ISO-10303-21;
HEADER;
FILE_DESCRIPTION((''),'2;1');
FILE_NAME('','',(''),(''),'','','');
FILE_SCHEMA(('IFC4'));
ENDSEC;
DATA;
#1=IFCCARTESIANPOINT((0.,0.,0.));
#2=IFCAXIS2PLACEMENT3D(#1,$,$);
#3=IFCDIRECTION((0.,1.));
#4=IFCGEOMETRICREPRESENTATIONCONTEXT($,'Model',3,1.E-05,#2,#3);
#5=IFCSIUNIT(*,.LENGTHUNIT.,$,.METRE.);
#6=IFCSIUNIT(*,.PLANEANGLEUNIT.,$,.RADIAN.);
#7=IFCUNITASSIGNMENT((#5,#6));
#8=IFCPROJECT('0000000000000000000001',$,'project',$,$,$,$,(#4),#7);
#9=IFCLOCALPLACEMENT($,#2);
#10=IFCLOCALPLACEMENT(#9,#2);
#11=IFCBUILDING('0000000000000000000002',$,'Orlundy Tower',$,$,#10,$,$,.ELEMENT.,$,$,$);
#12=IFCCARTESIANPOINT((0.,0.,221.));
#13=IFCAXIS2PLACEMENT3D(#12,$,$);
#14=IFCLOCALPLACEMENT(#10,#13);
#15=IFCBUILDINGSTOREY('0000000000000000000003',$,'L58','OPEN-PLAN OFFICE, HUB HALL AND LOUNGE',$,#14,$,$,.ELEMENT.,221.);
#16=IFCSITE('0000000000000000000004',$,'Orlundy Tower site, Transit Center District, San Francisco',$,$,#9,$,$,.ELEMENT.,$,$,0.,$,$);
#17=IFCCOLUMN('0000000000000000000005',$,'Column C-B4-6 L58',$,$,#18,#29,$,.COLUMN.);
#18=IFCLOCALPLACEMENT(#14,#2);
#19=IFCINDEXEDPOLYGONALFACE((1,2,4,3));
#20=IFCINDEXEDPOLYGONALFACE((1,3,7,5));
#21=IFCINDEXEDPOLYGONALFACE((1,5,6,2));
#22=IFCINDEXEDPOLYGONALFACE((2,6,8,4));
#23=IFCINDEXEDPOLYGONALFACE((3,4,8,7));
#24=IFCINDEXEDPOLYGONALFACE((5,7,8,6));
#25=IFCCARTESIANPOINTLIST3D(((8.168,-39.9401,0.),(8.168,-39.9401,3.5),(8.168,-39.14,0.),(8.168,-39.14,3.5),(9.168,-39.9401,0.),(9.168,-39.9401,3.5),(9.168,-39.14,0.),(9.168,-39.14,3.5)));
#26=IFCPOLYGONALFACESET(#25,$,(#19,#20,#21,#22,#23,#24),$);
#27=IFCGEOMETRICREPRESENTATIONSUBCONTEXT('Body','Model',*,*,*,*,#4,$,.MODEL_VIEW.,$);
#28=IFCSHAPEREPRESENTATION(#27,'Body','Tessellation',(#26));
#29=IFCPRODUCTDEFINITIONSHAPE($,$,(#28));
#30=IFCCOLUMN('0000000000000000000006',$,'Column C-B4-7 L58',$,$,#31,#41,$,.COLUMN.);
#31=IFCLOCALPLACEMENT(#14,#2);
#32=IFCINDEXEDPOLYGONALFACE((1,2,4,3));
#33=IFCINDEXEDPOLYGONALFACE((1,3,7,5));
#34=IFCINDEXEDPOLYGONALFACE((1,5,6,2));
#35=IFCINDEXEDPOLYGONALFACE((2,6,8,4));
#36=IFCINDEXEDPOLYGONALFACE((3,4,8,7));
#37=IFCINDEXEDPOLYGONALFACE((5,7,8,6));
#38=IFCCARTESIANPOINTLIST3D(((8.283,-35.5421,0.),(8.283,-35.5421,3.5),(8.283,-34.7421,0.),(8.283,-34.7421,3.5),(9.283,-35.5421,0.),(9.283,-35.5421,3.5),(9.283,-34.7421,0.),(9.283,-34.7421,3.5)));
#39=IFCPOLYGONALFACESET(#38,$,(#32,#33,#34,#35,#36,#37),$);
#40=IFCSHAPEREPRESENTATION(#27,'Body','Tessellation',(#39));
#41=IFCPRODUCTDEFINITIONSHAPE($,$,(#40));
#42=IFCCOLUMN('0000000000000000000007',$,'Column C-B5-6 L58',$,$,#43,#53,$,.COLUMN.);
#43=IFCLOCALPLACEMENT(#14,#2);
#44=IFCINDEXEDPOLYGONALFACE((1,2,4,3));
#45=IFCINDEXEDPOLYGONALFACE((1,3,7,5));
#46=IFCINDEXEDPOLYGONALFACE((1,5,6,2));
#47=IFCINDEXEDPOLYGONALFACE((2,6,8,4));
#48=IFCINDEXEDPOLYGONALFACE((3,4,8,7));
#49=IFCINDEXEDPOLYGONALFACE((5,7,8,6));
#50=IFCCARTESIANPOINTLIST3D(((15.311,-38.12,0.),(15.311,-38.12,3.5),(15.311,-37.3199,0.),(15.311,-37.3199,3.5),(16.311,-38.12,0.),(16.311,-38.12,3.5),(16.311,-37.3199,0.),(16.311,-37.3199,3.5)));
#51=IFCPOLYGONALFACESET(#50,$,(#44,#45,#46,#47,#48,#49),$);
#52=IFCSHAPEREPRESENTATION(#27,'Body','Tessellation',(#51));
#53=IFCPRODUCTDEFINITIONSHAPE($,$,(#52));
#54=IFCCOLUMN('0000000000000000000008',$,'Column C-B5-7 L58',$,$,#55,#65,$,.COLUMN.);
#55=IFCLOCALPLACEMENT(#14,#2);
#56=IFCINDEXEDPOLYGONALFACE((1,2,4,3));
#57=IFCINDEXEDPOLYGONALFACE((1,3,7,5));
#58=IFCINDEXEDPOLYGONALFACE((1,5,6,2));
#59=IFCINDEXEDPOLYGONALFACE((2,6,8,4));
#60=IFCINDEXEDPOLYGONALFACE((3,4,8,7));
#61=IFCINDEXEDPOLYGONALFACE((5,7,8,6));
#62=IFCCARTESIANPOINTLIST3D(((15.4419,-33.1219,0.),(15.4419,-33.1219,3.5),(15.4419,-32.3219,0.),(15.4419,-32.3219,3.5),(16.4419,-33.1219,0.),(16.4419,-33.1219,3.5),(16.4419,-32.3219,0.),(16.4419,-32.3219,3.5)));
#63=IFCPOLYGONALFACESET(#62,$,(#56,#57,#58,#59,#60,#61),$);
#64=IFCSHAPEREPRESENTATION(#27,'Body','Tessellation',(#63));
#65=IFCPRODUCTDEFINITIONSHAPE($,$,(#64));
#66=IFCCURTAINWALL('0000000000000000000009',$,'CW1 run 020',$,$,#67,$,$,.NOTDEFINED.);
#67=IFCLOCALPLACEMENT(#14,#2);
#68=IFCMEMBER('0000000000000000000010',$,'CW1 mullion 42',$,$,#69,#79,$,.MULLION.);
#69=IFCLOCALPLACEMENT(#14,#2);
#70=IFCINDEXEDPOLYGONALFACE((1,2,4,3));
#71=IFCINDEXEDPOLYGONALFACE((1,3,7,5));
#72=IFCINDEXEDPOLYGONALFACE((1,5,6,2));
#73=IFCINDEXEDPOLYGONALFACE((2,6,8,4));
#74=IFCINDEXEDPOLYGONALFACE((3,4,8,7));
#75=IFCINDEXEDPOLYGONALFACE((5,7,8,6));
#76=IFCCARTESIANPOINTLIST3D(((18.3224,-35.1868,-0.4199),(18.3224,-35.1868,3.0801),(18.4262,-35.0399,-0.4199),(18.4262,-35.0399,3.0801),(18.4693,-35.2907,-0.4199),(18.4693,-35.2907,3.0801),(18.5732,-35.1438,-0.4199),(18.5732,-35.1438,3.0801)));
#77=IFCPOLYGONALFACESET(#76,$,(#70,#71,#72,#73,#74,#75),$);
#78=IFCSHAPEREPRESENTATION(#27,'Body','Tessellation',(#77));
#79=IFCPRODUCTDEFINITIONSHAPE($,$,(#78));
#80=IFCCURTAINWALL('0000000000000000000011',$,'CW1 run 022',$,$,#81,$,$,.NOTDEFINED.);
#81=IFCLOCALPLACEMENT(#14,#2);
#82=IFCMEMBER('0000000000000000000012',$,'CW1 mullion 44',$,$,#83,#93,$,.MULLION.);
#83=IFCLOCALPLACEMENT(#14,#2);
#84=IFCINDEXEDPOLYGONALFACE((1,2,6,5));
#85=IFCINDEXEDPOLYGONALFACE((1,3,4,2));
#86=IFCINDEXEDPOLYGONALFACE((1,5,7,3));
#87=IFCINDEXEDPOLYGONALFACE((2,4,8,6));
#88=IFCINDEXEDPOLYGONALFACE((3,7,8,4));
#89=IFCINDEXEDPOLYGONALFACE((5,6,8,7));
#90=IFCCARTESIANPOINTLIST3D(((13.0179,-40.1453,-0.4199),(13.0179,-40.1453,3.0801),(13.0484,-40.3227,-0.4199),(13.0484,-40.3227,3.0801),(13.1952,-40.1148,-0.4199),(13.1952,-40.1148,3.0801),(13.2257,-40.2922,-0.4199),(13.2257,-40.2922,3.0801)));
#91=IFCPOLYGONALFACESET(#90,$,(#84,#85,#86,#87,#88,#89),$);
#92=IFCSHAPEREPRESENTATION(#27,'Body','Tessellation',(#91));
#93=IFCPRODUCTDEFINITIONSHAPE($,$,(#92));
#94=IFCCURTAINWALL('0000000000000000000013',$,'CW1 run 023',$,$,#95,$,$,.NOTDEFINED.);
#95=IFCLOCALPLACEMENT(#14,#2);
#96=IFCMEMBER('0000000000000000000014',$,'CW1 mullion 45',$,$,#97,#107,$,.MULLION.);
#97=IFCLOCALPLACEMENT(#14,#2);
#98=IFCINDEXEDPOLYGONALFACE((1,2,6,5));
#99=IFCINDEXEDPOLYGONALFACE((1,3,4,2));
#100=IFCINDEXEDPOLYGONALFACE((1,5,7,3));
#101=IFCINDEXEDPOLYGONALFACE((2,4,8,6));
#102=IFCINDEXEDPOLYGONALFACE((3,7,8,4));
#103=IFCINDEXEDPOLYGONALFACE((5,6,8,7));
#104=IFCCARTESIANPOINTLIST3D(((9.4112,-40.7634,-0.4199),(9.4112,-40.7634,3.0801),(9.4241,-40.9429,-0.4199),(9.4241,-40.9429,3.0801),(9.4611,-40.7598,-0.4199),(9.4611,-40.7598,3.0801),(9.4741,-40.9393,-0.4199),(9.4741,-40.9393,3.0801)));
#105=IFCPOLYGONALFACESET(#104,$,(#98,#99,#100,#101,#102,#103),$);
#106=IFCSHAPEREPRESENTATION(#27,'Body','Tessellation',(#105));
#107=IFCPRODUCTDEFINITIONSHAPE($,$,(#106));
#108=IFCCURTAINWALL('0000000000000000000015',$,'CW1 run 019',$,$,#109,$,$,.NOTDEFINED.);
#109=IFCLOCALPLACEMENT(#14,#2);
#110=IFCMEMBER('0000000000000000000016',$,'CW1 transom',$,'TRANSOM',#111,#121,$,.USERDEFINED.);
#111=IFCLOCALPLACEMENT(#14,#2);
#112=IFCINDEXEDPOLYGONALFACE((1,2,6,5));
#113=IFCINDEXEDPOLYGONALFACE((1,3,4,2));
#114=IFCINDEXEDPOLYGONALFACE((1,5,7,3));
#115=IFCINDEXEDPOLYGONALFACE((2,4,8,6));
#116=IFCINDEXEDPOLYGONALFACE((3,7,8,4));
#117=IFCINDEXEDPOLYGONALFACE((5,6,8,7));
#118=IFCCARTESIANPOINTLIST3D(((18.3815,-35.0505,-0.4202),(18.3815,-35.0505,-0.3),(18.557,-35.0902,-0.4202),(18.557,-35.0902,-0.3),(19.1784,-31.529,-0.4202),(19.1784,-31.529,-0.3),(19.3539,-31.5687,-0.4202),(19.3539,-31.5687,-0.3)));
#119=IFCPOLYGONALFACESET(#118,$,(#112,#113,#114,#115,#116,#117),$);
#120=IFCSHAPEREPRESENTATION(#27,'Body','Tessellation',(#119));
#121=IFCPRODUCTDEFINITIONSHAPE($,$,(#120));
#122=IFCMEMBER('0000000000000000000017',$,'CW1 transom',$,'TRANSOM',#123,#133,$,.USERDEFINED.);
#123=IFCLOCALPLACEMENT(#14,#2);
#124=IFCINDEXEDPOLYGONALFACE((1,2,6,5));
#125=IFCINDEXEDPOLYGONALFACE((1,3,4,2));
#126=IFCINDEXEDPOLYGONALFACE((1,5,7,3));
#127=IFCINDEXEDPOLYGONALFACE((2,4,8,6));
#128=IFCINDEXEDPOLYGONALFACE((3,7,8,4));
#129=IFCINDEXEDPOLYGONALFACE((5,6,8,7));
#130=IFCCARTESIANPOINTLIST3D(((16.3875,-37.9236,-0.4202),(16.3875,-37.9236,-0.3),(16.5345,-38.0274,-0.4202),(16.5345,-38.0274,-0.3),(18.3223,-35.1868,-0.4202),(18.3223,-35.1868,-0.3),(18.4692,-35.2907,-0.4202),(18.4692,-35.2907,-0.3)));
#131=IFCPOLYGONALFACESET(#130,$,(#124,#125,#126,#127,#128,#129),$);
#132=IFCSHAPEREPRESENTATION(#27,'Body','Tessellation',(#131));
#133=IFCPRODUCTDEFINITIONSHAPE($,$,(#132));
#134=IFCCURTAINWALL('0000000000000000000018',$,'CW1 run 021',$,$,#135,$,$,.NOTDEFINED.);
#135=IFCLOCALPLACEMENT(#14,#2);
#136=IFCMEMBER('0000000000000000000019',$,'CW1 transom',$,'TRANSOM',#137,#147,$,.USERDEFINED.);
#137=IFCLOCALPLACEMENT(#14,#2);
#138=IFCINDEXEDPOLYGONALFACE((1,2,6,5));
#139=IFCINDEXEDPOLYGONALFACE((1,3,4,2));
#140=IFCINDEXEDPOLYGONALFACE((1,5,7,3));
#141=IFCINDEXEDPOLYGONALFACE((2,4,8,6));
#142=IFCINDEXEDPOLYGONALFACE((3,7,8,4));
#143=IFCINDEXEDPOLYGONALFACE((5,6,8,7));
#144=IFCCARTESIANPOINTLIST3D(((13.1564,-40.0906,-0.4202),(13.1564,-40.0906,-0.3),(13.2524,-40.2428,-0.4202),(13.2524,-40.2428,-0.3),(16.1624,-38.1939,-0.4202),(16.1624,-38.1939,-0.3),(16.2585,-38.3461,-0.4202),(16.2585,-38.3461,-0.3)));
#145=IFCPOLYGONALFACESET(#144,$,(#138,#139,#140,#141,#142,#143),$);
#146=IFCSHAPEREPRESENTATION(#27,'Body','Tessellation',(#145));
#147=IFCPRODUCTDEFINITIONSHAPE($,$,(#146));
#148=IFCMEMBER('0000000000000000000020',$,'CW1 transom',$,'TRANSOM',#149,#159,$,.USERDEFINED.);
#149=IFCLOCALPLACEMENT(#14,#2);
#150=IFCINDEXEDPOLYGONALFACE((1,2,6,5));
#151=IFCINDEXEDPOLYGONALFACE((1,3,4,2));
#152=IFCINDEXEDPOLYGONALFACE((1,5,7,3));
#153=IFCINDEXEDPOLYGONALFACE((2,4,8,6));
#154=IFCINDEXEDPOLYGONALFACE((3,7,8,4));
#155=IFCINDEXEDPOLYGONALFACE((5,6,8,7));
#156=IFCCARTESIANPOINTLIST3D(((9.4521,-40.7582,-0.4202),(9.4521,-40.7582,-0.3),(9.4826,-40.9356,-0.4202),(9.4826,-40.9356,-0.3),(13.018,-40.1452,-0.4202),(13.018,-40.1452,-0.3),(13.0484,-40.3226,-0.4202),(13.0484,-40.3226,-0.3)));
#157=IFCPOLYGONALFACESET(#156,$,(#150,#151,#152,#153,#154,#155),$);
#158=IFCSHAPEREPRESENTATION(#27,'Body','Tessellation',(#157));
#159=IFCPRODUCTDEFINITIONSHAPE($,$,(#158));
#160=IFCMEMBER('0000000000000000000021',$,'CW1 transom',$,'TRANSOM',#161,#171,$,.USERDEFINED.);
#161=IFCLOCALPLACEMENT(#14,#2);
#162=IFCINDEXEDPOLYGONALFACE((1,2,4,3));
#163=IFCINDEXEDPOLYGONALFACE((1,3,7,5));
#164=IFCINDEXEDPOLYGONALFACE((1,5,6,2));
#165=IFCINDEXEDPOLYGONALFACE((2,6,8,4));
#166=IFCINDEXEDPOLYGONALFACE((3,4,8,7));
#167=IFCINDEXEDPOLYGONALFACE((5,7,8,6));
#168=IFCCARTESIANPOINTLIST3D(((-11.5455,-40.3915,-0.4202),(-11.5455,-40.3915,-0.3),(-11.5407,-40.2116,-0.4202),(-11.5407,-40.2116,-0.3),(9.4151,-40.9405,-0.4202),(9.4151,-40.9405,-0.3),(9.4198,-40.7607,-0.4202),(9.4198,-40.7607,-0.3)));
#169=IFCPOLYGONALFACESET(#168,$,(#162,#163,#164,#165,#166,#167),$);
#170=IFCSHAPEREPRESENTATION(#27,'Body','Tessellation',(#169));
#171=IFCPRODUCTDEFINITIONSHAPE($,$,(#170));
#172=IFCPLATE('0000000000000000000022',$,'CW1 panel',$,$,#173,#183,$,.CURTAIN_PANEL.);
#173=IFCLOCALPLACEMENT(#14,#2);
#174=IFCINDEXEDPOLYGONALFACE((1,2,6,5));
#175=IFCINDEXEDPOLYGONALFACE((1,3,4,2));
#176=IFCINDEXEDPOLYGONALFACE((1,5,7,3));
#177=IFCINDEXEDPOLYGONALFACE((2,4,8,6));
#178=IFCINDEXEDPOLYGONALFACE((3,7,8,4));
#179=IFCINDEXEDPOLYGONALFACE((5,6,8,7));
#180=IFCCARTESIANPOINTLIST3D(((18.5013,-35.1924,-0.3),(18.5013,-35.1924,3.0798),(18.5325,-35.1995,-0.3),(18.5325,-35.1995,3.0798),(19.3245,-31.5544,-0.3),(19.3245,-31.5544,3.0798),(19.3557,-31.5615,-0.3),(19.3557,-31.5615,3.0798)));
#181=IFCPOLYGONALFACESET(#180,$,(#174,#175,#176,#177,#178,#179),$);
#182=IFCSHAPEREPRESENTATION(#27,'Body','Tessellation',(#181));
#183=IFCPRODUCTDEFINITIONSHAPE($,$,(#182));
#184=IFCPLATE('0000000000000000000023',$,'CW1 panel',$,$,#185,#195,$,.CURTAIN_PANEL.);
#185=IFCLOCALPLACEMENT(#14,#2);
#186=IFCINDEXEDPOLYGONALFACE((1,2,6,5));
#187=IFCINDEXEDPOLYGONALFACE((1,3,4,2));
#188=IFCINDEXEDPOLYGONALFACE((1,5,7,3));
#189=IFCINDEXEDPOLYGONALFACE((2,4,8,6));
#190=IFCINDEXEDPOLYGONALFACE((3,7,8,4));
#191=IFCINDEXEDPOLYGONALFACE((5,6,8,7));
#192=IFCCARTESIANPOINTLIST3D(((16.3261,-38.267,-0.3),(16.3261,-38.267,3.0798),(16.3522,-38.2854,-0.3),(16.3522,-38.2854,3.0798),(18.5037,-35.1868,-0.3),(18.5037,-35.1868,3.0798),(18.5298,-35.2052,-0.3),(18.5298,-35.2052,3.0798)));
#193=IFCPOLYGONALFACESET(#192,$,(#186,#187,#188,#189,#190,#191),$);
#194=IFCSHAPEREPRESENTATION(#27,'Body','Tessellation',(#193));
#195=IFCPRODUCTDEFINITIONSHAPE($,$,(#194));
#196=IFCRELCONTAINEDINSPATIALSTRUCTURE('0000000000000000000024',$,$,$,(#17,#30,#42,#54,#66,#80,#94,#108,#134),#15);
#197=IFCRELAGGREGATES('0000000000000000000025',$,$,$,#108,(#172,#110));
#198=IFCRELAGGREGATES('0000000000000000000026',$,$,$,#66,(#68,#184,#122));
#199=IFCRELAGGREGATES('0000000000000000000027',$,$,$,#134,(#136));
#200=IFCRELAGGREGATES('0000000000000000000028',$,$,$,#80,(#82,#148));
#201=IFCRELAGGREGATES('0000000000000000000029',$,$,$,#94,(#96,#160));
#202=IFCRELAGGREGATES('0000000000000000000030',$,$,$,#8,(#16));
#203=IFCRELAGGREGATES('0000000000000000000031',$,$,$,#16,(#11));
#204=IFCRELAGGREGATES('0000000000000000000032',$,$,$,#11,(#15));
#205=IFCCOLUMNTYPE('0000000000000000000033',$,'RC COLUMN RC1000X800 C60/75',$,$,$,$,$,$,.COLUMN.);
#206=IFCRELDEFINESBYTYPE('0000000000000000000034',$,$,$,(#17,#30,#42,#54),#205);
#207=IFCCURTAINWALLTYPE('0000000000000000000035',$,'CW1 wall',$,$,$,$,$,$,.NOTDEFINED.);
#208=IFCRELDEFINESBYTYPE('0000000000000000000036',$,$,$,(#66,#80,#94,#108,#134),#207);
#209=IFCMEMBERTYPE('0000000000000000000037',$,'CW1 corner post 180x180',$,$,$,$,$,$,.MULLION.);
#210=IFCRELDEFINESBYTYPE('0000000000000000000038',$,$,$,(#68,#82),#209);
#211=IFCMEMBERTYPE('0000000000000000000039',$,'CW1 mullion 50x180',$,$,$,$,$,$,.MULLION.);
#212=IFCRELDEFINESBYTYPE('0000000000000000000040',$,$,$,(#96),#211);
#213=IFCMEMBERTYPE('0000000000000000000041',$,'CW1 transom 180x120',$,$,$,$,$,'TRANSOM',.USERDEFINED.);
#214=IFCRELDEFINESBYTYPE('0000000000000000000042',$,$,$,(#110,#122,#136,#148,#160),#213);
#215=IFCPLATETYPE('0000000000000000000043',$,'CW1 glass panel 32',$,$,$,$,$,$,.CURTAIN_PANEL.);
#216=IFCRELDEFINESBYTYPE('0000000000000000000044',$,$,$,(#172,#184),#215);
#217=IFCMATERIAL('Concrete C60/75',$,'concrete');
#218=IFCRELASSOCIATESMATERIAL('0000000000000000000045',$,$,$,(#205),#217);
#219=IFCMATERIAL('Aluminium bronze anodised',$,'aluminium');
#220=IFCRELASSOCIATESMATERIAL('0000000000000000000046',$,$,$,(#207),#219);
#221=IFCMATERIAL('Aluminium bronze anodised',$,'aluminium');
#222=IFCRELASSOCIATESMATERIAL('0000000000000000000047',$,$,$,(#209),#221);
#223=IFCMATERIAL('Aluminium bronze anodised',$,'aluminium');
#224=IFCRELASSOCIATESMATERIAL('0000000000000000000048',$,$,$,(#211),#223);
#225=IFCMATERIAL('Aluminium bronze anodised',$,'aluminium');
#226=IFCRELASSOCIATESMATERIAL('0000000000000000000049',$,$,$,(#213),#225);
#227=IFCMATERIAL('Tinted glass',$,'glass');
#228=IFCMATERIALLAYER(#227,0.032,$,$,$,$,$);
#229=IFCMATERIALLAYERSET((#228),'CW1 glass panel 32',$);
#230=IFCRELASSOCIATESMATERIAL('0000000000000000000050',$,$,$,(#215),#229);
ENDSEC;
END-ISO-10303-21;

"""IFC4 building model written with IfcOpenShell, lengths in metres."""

from ifc_helpers import new_model, si_unit, direction, frame, origin, origin_2d, place, context, subcontext, project, spatial, rectangle, extrude, material, layer, layer_set, material_profile, profile_set, type_object, element, aggregate, save


model = new_model("IFC4")

# Units and contexts
model_context = context("Model", 3, precision=1e-05, world=origin(), true_north=direction((0.0, 1.0)))
body_context = subcontext(model_context, "Body", "Model", "MODEL_VIEW")
ifc_project = project(units=[si_unit("LENGTHUNIT", "METRE"), si_unit("PLANEANGLEUNIT", "RADIAN")], contexts=[model_context])

# Site, building, storey
site_placement = place(None, origin())
site = spatial("IfcSite", under=ifc_project, at=site_placement, Name="Orlundy Tower site, Transit Center District, San Francisco", CompositionType="ELEMENT", RefElevation=0.0)
building_placement = place(site_placement, origin())
building = spatial("IfcBuilding", under=site, at=building_placement, Name="Orlundy Tower", CompositionType="ELEMENT")
storey_placement = place(building_placement, frame((0.0, 0.0, 221.0)))
storey = spatial("IfcBuildingStorey", under=building, at=storey_placement, Name="L58", Description="OPEN-PLAN OFFICE, HUB HALL AND LOUNGE", CompositionType="ELEMENT", Elevation=221.0)

# Columns
ifc_material_1 = material(Name="Concrete C60/75", Category="concrete")
ifc_material_profile_1 = material_profile(ifc_material_1, rectangle(XDim=1.0, YDim=0.8, at=origin_2d()), Name="RC1000X800")
ifc_profile_set_1 = profile_set([ifc_material_profile_1], Name="Concrete C60/75")
column_type = type_object("IfcColumnType", Name="RC COLUMN RC1000X800 C60/75", PredefinedType="COLUMN", material=ifc_profile_set_1)
for number, where, z_axis, x_axis, name in (
    (1, (8.668, -39.54, 0.0), (0.0, 0.0, 1.0), (1.0, 0.0, 0.0), "Column C-B4-6 L58"),
    (2, (8.783, -35.1421, 0.0), (0.0, 0.0, 1.0), (1.0, 0.0, 0.0), "Column C-B4-7 L58"),
    (3, (15.811, -37.72, 0.0), (0.0, 0.0, 1.0), (1.0, 0.0, 0.0), "Column C-B5-6 L58"),
    (4, (15.9419, -32.7219, 0.0), (0.0, 0.0, 1.0), (1.0, 0.0, 0.0), "Column C-B5-7 L58"),
):
    element("IfcColumn", number, at=place(storey_placement, frame(where, z_axis=z_axis, x_axis=x_axis)), inside=storey, type_object=column_type, Name=name, PredefinedType="COLUMN", context=body_context, shape_type="SweptSolid", body=[
        extrude(rectangle(XDim=1.0, YDim=0.8, at=origin_2d()), origin(), (0.0, 0.0, 1.0), 3.5),
    ])

# Curtain walls, members
ifc_material_2 = material(Name="Aluminium bronze anodised", Category="aluminium")
curtain_wall_type = type_object("IfcCurtainWallType", Name="CW1 wall", PredefinedType="NOTDEFINED", material=ifc_material_2)
curtain_wall_1_placement = place(storey_placement, origin())
curtain_wall_1 = element("IfcCurtainWall", 5, at=curtain_wall_1_placement, inside=storey, type_object=curtain_wall_type, Name="CW1 run 020", PredefinedType="NOTDEFINED")
ifc_material_3 = material(Name="Aluminium bronze anodised", Category="aluminium")
ifc_material_profile_2 = material_profile(ifc_material_3, rectangle(XDim=0.1799, YDim=0.1799, at=origin_2d()), Name="CW1 corner post 180x180")
ifc_profile_set_2 = profile_set([ifc_material_profile_2], Name="Aluminium bronze anodised")
member_type_1 = type_object("IfcMemberType", Name="CW1 corner post 180x180", PredefinedType="MULLION", material=ifc_profile_set_2)
member_1_placement = place(storey_placement, frame((18.4478, -35.1653, -0.4199), z_axis=(0.0, 0.0, 1.0), x_axis=(0.816549, -0.577276, 0.0)))
member_1 = element("IfcMember", 6, at=member_1_placement, type_object=member_type_1, Name="CW1 mullion 42", PredefinedType="MULLION", context=body_context, shape_type="SweptSolid", body=[
    extrude(rectangle(XDim=0.1799, YDim=0.1799, at=origin_2d()), origin(), (0.0, 0.0, 1.0), 3.5),
])
curtain_wall_2_placement = place(storey_placement, origin())
curtain_wall_2 = element("IfcCurtainWall", 7, at=curtain_wall_2_placement, inside=storey, type_object=curtain_wall_type, Name="CW1 run 022", PredefinedType="NOTDEFINED")
member_2_placement = place(storey_placement, frame((13.1218, -40.2188, -0.4199), z_axis=(0.0, 0.0, 1.0), x_axis=(0.169428, -0.985543, 0.0)))
member_2 = element("IfcMember", 8, at=member_2_placement, type_object=member_type_1, Name="CW1 mullion 44", PredefinedType="MULLION", context=body_context, shape_type="SweptSolid", body=[
    extrude(rectangle(XDim=0.1799, YDim=0.1799, at=origin_2d()), origin(), (0.0, 0.0, 1.0), 3.5),
])
curtain_wall_3_placement = place(storey_placement, origin())
curtain_wall_3 = element("IfcCurtainWall", 9, at=curtain_wall_3_placement, inside=storey, type_object=curtain_wall_type, Name="CW1 run 023", PredefinedType="NOTDEFINED")
ifc_material_4 = material(Name="Aluminium bronze anodised", Category="aluminium")
ifc_material_profile_3 = material_profile(ifc_material_4, rectangle(XDim=0.1799, YDim=0.05, at=origin_2d()), Name="CW1 mullion 50x180")
ifc_profile_set_3 = profile_set([ifc_material_profile_3], Name="Aluminium bronze anodised")
member_type_2 = type_object("IfcMemberType", Name="CW1 mullion 50x180", PredefinedType="MULLION", material=ifc_profile_set_3)
member_3_placement = place(storey_placement, frame((9.4426, -40.8513, -0.4199), z_axis=(0.0, 0.0, 1.0), x_axis=(0.071966, -0.997407, 0.0)))
member_3 = element("IfcMember", 10, at=member_3_placement, type_object=member_type_2, Name="CW1 mullion 45", PredefinedType="MULLION", context=body_context, shape_type="SweptSolid", body=[
    extrude(rectangle(XDim=0.1799, YDim=0.05, at=origin_2d()), origin(), (0.0, 0.0, 1.0), 3.5),
])
curtain_wall_4_placement = place(storey_placement, origin())
curtain_wall_4 = element("IfcCurtainWall", 11, at=curtain_wall_4_placement, inside=storey, type_object=curtain_wall_type, Name="CW1 run 019", PredefinedType="NOTDEFINED")
ifc_material_5 = material(Name="Aluminium bronze anodised", Category="aluminium")
ifc_material_profile_4 = material_profile(ifc_material_5, rectangle(XDim=0.1799, YDim=0.1201, at=origin_2d()), Name="CW1 transom 180x120")
ifc_profile_set_4 = profile_set([ifc_material_profile_4], Name="Aluminium bronze anodised")
member_type_3 = type_object("IfcMemberType", Name="CW1 transom 180x120", ElementType="TRANSOM", PredefinedType="USERDEFINED", material=ifc_profile_set_4)
member_4_placement = place(storey_placement, frame((19.2661, -31.5488, -0.3601), z_axis=(-0.220709, -0.97534, 0.0), x_axis=(0.97534, -0.220709, 0.0)))
member_4 = element("IfcMember", 12, at=member_4_placement, type_object=member_type_3, Name="CW1 transom", ObjectType="TRANSOM", PredefinedType="USERDEFINED", context=body_context, shape_type="SweptSolid", body=[
    extrude(rectangle(XDim=0.1799, YDim=0.1201, at=origin_2d()), origin(), (0.0, 0.0, 1.0), 3.6106),
])

# Member
member_5_placement = place(storey_placement, frame((18.3958, -35.2388, -0.3601), z_axis=(-0.577269, -0.816554, 0.0), x_axis=(0.816554, -0.577269, 0.0)))
member_5 = element("IfcMember", 13, at=member_5_placement, type_object=member_type_3, Name="CW1 transom", ObjectType="TRANSOM", PredefinedType="USERDEFINED", context=body_context, shape_type="SweptSolid", body=[
    extrude(rectangle(XDim=0.1799, YDim=0.1201, at=origin_2d()), origin(), (0.0, 0.0, 1.0), 3.3516),
])

# Curtain wall, member
curtain_wall_5_placement = place(storey_placement, origin())
curtain_wall_5 = element("IfcCurtainWall", 14, at=curtain_wall_5_placement, inside=storey, type_object=curtain_wall_type, Name="CW1 run 021", PredefinedType="NOTDEFINED")
member_6_placement = place(storey_placement, frame((16.2104, -38.27, -0.3601), z_axis=(-0.845725, -0.533618, 0.0), x_axis=(0.533618, -0.845725, 0.0)))
member_6 = element("IfcMember", 15, at=member_6_placement, type_object=member_type_3, Name="CW1 transom", ObjectType="TRANSOM", PredefinedType="USERDEFINED", context=body_context, shape_type="SweptSolid", body=[
    extrude(rectangle(XDim=0.1799, YDim=0.1201, at=origin_2d()), origin(), (0.0, 0.0, 1.0), 3.5544),
])

# Members
member_7_placement = place(storey_placement, frame((13.0332, -40.2339, -0.3601), z_axis=(-0.985542, -0.16943, 0.0), x_axis=(0.16943, -0.985542, 0.0)))
member_7 = element("IfcMember", 16, at=member_7_placement, type_object=member_type_3, Name="CW1 transom", ObjectType="TRANSOM", PredefinedType="USERDEFINED", context=body_context, shape_type="SweptSolid", body=[
    extrude(rectangle(XDim=0.1799, YDim=0.1201, at=origin_2d()), origin(), (0.0, 0.0, 1.0), 3.6182),
])
member_8_placement = place(storey_placement, frame((9.4175, -40.8506, -0.3601), z_axis=(-0.999657, 0.026186, 0.0), x_axis=(-0.026186, -0.999657, 0.0)))
member_8 = element("IfcMember", 17, at=member_8_placement, type_object=member_type_3, Name="CW1 transom", ObjectType="TRANSOM", PredefinedType="USERDEFINED", context=body_context, shape_type="SweptSolid", body=[
    extrude(rectangle(XDim=0.1799, YDim=0.1201, at=origin_2d()), origin(), (0.0, 0.0, 1.0), 20.9678),
])

# Plates
ifc_material_6 = material(Name="Tinted glass", Category="glass")
ifc_layer_1 = layer(ifc_material_6, 0.032)
ifc_layer_set_1 = layer_set([ifc_layer_1], Name="CW1 glass panel 32")
plate_type = type_object("IfcPlateType", Name="CW1 glass panel 32", PredefinedType="CURTAIN_PANEL", material=ifc_layer_set_1)
plate_1_placement = place(storey_placement, frame((18.9285, -33.377, -0.3), z_axis=(0.0, 0.0, 1.0), x_axis=(-0.2207, -0.975342, 0.0)))
plate_1 = element("IfcPlate", 18, at=plate_1_placement, type_object=plate_type, Name="CW1 panel", PredefinedType="CURTAIN_PANEL", context=body_context, shape_type="SweptSolid", body=[
    extrude(rectangle(XDim=3.73, YDim=0.032, at=origin_2d()), origin(), (0.0, 0.0, 1.0), 3.3799),
])
aggregate(curtain_wall_4, [plate_1, member_4])
plate_2_placement = place(storey_placement, frame((17.428, -36.7361, -0.3), z_axis=(0.0, 0.0, 1.0), x_axis=(-0.577276, -0.816549, 0.0)))
plate_2 = element("IfcPlate", 19, at=plate_2_placement, type_object=plate_type, Name="CW1 panel", PredefinedType="CURTAIN_PANEL", context=body_context, shape_type="SweptSolid", body=[
    extrude(rectangle(XDim=3.7722, YDim=0.032, at=origin_2d()), origin(), (0.0, 0.0, 1.0), 3.3799),
])
aggregate(curtain_wall_1, [member_1, plate_2, member_5])
aggregate(curtain_wall_5, [member_6])
aggregate(curtain_wall_2, [member_2, member_7])
aggregate(curtain_wall_3, [member_3, member_8])

save(model, "model.ifc")
